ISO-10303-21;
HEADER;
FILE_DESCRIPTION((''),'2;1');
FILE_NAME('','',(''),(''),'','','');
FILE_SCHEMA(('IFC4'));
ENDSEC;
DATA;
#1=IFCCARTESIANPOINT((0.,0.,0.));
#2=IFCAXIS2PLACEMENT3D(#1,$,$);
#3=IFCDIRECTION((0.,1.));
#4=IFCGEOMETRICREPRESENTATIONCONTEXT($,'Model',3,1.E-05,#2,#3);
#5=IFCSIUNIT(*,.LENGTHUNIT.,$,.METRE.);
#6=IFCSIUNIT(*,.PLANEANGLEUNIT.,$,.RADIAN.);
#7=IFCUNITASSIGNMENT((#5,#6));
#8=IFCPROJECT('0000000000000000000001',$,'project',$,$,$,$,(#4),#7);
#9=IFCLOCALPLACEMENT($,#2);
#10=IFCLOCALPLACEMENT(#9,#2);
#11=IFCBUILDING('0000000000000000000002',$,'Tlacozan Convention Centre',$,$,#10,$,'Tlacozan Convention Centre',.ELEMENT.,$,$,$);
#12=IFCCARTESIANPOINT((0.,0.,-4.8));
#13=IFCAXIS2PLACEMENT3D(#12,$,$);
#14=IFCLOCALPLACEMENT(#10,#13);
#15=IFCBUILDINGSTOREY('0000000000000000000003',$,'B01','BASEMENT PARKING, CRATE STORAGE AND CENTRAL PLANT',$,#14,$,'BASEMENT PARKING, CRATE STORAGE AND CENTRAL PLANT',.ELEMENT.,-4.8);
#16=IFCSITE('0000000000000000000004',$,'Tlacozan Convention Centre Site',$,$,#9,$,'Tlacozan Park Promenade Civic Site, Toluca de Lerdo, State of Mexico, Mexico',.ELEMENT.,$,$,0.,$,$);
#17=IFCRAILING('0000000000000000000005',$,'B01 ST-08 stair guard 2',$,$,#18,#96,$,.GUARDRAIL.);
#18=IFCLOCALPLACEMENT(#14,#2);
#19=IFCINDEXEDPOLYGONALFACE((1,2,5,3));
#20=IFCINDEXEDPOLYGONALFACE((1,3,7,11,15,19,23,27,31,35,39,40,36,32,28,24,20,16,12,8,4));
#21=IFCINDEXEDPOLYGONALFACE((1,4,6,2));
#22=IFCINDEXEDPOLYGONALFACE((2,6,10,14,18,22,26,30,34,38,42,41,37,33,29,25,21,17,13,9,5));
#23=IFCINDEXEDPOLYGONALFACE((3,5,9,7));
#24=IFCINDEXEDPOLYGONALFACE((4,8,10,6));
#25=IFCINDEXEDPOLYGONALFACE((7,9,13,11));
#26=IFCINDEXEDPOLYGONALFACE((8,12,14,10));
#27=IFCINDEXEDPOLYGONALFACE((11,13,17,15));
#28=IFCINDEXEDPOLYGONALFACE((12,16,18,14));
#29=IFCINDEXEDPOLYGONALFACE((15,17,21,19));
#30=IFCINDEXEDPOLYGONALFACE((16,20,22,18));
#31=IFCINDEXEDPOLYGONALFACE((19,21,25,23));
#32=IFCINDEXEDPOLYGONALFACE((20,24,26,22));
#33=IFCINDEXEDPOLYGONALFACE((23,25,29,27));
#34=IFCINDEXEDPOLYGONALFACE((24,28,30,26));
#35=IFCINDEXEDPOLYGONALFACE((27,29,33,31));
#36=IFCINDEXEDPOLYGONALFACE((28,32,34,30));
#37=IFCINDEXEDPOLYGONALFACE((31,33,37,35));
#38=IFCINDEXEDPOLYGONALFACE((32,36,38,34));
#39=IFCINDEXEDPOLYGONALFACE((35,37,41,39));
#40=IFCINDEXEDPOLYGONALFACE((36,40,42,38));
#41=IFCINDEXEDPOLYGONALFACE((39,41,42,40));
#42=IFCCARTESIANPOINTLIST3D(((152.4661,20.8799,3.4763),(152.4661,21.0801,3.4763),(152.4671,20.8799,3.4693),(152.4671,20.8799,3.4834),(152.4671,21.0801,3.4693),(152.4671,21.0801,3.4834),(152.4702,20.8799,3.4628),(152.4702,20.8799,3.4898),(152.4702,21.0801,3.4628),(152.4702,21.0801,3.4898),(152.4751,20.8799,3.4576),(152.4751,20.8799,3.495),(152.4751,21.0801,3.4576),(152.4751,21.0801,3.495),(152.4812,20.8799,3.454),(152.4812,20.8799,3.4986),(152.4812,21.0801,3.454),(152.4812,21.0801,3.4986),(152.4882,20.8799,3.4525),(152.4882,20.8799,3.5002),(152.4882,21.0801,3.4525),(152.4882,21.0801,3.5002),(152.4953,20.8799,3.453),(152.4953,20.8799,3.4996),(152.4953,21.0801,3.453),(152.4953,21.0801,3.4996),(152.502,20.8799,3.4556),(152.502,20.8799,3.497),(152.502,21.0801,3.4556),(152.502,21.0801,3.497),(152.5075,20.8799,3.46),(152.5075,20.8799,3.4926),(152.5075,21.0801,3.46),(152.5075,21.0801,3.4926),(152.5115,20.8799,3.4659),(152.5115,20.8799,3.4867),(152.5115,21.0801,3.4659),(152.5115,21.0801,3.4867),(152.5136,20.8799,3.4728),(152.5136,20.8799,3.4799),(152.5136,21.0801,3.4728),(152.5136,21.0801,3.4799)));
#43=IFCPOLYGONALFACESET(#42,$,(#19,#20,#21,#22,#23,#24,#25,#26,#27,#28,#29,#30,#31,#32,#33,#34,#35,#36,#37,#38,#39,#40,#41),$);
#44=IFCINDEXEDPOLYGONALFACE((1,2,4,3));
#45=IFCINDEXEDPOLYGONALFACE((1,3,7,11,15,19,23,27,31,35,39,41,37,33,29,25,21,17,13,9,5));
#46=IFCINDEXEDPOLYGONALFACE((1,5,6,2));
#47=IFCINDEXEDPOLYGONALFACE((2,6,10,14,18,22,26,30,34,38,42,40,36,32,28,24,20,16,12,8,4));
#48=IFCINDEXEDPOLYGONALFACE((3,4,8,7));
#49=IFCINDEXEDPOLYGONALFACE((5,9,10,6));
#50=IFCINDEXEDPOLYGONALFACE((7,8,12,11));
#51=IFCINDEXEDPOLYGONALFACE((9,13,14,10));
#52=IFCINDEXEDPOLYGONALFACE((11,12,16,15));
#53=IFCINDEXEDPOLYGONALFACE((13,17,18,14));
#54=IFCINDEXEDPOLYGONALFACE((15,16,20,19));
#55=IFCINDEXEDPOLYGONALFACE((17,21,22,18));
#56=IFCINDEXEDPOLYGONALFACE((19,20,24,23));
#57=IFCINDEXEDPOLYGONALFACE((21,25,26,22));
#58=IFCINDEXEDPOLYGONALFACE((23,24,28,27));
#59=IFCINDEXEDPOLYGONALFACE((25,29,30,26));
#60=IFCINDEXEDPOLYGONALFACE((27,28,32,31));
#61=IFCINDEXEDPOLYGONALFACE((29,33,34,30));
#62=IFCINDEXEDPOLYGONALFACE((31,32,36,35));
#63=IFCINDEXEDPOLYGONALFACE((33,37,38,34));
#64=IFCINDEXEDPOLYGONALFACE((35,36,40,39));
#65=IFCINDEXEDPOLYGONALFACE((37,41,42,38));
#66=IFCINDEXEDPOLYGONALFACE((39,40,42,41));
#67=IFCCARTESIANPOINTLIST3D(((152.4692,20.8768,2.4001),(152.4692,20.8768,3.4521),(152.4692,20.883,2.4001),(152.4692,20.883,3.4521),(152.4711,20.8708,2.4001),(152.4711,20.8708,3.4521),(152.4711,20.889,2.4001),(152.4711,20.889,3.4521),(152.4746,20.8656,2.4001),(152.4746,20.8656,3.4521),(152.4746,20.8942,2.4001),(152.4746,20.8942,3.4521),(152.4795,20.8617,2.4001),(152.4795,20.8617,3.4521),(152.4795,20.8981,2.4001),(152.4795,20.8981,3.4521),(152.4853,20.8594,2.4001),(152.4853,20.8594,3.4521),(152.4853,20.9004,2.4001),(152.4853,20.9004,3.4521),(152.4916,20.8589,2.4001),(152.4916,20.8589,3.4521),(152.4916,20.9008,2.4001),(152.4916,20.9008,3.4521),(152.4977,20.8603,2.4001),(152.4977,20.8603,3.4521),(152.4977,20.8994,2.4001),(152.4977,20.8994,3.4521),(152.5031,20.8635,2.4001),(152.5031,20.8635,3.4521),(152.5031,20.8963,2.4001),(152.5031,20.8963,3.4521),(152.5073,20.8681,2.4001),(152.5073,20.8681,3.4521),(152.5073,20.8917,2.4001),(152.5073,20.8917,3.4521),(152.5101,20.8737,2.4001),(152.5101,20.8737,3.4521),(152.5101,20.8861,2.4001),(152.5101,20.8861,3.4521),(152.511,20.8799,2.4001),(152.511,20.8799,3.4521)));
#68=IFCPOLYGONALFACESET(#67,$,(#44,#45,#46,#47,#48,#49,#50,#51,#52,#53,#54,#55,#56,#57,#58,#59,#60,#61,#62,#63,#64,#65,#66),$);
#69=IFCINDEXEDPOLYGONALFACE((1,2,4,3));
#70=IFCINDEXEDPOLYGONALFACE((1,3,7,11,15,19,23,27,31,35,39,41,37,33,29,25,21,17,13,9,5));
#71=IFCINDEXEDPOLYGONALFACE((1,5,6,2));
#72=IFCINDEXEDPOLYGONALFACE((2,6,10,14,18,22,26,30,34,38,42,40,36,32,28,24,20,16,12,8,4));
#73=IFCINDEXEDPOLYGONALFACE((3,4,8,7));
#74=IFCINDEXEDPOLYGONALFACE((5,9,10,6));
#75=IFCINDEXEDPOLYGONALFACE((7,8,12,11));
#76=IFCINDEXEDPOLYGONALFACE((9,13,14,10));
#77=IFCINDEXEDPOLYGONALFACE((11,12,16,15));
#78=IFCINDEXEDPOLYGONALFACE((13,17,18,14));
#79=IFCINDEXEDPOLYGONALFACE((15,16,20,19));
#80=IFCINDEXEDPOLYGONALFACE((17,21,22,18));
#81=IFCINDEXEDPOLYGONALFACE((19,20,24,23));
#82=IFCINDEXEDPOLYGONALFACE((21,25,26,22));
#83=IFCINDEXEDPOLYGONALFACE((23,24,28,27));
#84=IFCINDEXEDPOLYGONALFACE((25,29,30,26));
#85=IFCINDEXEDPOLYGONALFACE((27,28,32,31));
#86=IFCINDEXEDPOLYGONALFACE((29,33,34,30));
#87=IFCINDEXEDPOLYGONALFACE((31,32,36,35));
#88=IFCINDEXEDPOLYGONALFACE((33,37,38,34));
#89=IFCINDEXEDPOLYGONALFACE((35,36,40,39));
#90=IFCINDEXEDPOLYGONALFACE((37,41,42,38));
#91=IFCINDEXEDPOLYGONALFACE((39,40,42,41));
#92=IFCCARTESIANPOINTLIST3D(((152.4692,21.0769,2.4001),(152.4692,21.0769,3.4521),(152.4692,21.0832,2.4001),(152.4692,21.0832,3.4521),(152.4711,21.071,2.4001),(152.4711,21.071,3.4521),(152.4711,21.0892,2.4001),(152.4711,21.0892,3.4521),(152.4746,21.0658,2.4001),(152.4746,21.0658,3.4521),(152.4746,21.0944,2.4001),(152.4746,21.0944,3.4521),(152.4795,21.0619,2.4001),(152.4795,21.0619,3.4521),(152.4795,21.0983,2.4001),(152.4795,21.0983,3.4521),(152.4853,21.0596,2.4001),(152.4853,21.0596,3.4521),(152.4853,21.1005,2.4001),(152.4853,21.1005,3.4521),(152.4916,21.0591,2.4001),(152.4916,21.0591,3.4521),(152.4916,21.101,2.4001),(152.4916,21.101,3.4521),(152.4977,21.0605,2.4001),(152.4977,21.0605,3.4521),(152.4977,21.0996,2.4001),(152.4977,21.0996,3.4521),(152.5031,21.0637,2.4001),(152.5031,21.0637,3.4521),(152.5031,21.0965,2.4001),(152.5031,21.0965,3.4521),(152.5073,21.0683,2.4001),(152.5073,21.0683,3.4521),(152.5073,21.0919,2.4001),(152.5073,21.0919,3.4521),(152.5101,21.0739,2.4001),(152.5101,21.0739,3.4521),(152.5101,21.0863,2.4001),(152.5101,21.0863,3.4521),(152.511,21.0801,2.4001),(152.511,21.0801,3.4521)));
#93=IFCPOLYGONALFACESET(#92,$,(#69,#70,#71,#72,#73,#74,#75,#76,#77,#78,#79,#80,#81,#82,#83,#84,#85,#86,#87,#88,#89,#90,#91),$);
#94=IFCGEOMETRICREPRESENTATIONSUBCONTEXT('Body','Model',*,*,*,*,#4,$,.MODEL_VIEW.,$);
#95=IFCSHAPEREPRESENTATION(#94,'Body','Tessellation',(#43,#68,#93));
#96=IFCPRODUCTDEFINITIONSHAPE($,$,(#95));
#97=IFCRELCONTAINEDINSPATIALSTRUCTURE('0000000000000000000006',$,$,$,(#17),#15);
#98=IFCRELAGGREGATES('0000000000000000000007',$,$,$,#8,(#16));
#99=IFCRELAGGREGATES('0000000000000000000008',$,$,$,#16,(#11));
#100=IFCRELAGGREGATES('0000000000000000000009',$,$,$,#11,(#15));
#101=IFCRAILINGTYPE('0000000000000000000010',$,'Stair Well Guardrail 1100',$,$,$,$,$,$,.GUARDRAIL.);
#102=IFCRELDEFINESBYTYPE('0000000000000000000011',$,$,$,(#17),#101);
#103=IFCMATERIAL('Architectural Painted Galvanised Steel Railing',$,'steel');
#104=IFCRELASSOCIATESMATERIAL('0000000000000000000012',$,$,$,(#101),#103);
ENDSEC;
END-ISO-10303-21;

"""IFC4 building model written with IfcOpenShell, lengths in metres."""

from ifc_helpers import new_model, si_unit, direction, frame, origin, origin_2d, place, context, subcontext, project, spatial, circle, extrude, material, type_object, element, save


model = new_model("IFC4")

# Units and contexts
model_context = context("Model", 3, precision=1e-05, world=origin(), true_north=direction((0.0, 1.0)))
body_context = subcontext(model_context, "Body", "Model", "MODEL_VIEW")
ifc_project = project(units=[si_unit("LENGTHUNIT", "METRE"), si_unit("PLANEANGLEUNIT", "RADIAN")], contexts=[model_context])

# Site, building, storey
site_placement = place(None, origin())
site = spatial("IfcSite", under=ifc_project, at=site_placement, Name="Tlacozan Convention Centre Site", LongName="Tlacozan Park Promenade Civic Site, Toluca de Lerdo, State of Mexico, Mexico", CompositionType="ELEMENT", RefElevation=0.0)
building_placement = place(site_placement, origin())
building = spatial("IfcBuilding", under=site, at=building_placement, Name="Tlacozan Convention Centre", LongName="Tlacozan Convention Centre", CompositionType="ELEMENT")
storey_placement = place(building_placement, frame((0.0, 0.0, -4.8)))
storey = spatial("IfcBuildingStorey", under=building, at=storey_placement, Name="B01", Description="BASEMENT PARKING, CRATE STORAGE AND CENTRAL PLANT", LongName="BASEMENT PARKING, CRATE STORAGE AND CENTRAL PLANT", CompositionType="ELEMENT", Elevation=-4.8)

# Railing
ifc_material_1 = material(Name="Architectural Painted Galvanised Steel Railing", Category="steel")
railing_type_1 = type_object("IfcRailingType", Name="Stair Well Guardrail 1100", PredefinedType="GUARDRAIL", material=ifc_material_1)
railing_1_placement = place(storey_placement, frame((152.49, 20.8799, 2.4001)))
element("IfcRailing", 1, at=railing_1_placement, inside=storey, type_object=railing_type_1, Name="B01 ST-08 stair guard 2", PredefinedType="GUARDRAIL", context=body_context, shape_type="SweptSolid", body=[
    extrude(circle(Radius=0.0239, at=origin_2d()), frame((0.0, 0.0, 1.0762), z_axis=(0.0, 1.0, 0.0), x_axis=(-1.0, 0.0, 0.0)), (0.0, 0.0, 1.0), 0.2002),
    extrude(circle(Radius=0.021, at=origin_2d()), origin(), (0.0, 0.0, 1.0), 1.052),
    extrude(circle(Radius=0.021, at=origin_2d()), frame((0.0, 0.2002, 0.0)), (0.0, 0.0, 1.0), 1.052),
])

save(model, "model.ifc")
